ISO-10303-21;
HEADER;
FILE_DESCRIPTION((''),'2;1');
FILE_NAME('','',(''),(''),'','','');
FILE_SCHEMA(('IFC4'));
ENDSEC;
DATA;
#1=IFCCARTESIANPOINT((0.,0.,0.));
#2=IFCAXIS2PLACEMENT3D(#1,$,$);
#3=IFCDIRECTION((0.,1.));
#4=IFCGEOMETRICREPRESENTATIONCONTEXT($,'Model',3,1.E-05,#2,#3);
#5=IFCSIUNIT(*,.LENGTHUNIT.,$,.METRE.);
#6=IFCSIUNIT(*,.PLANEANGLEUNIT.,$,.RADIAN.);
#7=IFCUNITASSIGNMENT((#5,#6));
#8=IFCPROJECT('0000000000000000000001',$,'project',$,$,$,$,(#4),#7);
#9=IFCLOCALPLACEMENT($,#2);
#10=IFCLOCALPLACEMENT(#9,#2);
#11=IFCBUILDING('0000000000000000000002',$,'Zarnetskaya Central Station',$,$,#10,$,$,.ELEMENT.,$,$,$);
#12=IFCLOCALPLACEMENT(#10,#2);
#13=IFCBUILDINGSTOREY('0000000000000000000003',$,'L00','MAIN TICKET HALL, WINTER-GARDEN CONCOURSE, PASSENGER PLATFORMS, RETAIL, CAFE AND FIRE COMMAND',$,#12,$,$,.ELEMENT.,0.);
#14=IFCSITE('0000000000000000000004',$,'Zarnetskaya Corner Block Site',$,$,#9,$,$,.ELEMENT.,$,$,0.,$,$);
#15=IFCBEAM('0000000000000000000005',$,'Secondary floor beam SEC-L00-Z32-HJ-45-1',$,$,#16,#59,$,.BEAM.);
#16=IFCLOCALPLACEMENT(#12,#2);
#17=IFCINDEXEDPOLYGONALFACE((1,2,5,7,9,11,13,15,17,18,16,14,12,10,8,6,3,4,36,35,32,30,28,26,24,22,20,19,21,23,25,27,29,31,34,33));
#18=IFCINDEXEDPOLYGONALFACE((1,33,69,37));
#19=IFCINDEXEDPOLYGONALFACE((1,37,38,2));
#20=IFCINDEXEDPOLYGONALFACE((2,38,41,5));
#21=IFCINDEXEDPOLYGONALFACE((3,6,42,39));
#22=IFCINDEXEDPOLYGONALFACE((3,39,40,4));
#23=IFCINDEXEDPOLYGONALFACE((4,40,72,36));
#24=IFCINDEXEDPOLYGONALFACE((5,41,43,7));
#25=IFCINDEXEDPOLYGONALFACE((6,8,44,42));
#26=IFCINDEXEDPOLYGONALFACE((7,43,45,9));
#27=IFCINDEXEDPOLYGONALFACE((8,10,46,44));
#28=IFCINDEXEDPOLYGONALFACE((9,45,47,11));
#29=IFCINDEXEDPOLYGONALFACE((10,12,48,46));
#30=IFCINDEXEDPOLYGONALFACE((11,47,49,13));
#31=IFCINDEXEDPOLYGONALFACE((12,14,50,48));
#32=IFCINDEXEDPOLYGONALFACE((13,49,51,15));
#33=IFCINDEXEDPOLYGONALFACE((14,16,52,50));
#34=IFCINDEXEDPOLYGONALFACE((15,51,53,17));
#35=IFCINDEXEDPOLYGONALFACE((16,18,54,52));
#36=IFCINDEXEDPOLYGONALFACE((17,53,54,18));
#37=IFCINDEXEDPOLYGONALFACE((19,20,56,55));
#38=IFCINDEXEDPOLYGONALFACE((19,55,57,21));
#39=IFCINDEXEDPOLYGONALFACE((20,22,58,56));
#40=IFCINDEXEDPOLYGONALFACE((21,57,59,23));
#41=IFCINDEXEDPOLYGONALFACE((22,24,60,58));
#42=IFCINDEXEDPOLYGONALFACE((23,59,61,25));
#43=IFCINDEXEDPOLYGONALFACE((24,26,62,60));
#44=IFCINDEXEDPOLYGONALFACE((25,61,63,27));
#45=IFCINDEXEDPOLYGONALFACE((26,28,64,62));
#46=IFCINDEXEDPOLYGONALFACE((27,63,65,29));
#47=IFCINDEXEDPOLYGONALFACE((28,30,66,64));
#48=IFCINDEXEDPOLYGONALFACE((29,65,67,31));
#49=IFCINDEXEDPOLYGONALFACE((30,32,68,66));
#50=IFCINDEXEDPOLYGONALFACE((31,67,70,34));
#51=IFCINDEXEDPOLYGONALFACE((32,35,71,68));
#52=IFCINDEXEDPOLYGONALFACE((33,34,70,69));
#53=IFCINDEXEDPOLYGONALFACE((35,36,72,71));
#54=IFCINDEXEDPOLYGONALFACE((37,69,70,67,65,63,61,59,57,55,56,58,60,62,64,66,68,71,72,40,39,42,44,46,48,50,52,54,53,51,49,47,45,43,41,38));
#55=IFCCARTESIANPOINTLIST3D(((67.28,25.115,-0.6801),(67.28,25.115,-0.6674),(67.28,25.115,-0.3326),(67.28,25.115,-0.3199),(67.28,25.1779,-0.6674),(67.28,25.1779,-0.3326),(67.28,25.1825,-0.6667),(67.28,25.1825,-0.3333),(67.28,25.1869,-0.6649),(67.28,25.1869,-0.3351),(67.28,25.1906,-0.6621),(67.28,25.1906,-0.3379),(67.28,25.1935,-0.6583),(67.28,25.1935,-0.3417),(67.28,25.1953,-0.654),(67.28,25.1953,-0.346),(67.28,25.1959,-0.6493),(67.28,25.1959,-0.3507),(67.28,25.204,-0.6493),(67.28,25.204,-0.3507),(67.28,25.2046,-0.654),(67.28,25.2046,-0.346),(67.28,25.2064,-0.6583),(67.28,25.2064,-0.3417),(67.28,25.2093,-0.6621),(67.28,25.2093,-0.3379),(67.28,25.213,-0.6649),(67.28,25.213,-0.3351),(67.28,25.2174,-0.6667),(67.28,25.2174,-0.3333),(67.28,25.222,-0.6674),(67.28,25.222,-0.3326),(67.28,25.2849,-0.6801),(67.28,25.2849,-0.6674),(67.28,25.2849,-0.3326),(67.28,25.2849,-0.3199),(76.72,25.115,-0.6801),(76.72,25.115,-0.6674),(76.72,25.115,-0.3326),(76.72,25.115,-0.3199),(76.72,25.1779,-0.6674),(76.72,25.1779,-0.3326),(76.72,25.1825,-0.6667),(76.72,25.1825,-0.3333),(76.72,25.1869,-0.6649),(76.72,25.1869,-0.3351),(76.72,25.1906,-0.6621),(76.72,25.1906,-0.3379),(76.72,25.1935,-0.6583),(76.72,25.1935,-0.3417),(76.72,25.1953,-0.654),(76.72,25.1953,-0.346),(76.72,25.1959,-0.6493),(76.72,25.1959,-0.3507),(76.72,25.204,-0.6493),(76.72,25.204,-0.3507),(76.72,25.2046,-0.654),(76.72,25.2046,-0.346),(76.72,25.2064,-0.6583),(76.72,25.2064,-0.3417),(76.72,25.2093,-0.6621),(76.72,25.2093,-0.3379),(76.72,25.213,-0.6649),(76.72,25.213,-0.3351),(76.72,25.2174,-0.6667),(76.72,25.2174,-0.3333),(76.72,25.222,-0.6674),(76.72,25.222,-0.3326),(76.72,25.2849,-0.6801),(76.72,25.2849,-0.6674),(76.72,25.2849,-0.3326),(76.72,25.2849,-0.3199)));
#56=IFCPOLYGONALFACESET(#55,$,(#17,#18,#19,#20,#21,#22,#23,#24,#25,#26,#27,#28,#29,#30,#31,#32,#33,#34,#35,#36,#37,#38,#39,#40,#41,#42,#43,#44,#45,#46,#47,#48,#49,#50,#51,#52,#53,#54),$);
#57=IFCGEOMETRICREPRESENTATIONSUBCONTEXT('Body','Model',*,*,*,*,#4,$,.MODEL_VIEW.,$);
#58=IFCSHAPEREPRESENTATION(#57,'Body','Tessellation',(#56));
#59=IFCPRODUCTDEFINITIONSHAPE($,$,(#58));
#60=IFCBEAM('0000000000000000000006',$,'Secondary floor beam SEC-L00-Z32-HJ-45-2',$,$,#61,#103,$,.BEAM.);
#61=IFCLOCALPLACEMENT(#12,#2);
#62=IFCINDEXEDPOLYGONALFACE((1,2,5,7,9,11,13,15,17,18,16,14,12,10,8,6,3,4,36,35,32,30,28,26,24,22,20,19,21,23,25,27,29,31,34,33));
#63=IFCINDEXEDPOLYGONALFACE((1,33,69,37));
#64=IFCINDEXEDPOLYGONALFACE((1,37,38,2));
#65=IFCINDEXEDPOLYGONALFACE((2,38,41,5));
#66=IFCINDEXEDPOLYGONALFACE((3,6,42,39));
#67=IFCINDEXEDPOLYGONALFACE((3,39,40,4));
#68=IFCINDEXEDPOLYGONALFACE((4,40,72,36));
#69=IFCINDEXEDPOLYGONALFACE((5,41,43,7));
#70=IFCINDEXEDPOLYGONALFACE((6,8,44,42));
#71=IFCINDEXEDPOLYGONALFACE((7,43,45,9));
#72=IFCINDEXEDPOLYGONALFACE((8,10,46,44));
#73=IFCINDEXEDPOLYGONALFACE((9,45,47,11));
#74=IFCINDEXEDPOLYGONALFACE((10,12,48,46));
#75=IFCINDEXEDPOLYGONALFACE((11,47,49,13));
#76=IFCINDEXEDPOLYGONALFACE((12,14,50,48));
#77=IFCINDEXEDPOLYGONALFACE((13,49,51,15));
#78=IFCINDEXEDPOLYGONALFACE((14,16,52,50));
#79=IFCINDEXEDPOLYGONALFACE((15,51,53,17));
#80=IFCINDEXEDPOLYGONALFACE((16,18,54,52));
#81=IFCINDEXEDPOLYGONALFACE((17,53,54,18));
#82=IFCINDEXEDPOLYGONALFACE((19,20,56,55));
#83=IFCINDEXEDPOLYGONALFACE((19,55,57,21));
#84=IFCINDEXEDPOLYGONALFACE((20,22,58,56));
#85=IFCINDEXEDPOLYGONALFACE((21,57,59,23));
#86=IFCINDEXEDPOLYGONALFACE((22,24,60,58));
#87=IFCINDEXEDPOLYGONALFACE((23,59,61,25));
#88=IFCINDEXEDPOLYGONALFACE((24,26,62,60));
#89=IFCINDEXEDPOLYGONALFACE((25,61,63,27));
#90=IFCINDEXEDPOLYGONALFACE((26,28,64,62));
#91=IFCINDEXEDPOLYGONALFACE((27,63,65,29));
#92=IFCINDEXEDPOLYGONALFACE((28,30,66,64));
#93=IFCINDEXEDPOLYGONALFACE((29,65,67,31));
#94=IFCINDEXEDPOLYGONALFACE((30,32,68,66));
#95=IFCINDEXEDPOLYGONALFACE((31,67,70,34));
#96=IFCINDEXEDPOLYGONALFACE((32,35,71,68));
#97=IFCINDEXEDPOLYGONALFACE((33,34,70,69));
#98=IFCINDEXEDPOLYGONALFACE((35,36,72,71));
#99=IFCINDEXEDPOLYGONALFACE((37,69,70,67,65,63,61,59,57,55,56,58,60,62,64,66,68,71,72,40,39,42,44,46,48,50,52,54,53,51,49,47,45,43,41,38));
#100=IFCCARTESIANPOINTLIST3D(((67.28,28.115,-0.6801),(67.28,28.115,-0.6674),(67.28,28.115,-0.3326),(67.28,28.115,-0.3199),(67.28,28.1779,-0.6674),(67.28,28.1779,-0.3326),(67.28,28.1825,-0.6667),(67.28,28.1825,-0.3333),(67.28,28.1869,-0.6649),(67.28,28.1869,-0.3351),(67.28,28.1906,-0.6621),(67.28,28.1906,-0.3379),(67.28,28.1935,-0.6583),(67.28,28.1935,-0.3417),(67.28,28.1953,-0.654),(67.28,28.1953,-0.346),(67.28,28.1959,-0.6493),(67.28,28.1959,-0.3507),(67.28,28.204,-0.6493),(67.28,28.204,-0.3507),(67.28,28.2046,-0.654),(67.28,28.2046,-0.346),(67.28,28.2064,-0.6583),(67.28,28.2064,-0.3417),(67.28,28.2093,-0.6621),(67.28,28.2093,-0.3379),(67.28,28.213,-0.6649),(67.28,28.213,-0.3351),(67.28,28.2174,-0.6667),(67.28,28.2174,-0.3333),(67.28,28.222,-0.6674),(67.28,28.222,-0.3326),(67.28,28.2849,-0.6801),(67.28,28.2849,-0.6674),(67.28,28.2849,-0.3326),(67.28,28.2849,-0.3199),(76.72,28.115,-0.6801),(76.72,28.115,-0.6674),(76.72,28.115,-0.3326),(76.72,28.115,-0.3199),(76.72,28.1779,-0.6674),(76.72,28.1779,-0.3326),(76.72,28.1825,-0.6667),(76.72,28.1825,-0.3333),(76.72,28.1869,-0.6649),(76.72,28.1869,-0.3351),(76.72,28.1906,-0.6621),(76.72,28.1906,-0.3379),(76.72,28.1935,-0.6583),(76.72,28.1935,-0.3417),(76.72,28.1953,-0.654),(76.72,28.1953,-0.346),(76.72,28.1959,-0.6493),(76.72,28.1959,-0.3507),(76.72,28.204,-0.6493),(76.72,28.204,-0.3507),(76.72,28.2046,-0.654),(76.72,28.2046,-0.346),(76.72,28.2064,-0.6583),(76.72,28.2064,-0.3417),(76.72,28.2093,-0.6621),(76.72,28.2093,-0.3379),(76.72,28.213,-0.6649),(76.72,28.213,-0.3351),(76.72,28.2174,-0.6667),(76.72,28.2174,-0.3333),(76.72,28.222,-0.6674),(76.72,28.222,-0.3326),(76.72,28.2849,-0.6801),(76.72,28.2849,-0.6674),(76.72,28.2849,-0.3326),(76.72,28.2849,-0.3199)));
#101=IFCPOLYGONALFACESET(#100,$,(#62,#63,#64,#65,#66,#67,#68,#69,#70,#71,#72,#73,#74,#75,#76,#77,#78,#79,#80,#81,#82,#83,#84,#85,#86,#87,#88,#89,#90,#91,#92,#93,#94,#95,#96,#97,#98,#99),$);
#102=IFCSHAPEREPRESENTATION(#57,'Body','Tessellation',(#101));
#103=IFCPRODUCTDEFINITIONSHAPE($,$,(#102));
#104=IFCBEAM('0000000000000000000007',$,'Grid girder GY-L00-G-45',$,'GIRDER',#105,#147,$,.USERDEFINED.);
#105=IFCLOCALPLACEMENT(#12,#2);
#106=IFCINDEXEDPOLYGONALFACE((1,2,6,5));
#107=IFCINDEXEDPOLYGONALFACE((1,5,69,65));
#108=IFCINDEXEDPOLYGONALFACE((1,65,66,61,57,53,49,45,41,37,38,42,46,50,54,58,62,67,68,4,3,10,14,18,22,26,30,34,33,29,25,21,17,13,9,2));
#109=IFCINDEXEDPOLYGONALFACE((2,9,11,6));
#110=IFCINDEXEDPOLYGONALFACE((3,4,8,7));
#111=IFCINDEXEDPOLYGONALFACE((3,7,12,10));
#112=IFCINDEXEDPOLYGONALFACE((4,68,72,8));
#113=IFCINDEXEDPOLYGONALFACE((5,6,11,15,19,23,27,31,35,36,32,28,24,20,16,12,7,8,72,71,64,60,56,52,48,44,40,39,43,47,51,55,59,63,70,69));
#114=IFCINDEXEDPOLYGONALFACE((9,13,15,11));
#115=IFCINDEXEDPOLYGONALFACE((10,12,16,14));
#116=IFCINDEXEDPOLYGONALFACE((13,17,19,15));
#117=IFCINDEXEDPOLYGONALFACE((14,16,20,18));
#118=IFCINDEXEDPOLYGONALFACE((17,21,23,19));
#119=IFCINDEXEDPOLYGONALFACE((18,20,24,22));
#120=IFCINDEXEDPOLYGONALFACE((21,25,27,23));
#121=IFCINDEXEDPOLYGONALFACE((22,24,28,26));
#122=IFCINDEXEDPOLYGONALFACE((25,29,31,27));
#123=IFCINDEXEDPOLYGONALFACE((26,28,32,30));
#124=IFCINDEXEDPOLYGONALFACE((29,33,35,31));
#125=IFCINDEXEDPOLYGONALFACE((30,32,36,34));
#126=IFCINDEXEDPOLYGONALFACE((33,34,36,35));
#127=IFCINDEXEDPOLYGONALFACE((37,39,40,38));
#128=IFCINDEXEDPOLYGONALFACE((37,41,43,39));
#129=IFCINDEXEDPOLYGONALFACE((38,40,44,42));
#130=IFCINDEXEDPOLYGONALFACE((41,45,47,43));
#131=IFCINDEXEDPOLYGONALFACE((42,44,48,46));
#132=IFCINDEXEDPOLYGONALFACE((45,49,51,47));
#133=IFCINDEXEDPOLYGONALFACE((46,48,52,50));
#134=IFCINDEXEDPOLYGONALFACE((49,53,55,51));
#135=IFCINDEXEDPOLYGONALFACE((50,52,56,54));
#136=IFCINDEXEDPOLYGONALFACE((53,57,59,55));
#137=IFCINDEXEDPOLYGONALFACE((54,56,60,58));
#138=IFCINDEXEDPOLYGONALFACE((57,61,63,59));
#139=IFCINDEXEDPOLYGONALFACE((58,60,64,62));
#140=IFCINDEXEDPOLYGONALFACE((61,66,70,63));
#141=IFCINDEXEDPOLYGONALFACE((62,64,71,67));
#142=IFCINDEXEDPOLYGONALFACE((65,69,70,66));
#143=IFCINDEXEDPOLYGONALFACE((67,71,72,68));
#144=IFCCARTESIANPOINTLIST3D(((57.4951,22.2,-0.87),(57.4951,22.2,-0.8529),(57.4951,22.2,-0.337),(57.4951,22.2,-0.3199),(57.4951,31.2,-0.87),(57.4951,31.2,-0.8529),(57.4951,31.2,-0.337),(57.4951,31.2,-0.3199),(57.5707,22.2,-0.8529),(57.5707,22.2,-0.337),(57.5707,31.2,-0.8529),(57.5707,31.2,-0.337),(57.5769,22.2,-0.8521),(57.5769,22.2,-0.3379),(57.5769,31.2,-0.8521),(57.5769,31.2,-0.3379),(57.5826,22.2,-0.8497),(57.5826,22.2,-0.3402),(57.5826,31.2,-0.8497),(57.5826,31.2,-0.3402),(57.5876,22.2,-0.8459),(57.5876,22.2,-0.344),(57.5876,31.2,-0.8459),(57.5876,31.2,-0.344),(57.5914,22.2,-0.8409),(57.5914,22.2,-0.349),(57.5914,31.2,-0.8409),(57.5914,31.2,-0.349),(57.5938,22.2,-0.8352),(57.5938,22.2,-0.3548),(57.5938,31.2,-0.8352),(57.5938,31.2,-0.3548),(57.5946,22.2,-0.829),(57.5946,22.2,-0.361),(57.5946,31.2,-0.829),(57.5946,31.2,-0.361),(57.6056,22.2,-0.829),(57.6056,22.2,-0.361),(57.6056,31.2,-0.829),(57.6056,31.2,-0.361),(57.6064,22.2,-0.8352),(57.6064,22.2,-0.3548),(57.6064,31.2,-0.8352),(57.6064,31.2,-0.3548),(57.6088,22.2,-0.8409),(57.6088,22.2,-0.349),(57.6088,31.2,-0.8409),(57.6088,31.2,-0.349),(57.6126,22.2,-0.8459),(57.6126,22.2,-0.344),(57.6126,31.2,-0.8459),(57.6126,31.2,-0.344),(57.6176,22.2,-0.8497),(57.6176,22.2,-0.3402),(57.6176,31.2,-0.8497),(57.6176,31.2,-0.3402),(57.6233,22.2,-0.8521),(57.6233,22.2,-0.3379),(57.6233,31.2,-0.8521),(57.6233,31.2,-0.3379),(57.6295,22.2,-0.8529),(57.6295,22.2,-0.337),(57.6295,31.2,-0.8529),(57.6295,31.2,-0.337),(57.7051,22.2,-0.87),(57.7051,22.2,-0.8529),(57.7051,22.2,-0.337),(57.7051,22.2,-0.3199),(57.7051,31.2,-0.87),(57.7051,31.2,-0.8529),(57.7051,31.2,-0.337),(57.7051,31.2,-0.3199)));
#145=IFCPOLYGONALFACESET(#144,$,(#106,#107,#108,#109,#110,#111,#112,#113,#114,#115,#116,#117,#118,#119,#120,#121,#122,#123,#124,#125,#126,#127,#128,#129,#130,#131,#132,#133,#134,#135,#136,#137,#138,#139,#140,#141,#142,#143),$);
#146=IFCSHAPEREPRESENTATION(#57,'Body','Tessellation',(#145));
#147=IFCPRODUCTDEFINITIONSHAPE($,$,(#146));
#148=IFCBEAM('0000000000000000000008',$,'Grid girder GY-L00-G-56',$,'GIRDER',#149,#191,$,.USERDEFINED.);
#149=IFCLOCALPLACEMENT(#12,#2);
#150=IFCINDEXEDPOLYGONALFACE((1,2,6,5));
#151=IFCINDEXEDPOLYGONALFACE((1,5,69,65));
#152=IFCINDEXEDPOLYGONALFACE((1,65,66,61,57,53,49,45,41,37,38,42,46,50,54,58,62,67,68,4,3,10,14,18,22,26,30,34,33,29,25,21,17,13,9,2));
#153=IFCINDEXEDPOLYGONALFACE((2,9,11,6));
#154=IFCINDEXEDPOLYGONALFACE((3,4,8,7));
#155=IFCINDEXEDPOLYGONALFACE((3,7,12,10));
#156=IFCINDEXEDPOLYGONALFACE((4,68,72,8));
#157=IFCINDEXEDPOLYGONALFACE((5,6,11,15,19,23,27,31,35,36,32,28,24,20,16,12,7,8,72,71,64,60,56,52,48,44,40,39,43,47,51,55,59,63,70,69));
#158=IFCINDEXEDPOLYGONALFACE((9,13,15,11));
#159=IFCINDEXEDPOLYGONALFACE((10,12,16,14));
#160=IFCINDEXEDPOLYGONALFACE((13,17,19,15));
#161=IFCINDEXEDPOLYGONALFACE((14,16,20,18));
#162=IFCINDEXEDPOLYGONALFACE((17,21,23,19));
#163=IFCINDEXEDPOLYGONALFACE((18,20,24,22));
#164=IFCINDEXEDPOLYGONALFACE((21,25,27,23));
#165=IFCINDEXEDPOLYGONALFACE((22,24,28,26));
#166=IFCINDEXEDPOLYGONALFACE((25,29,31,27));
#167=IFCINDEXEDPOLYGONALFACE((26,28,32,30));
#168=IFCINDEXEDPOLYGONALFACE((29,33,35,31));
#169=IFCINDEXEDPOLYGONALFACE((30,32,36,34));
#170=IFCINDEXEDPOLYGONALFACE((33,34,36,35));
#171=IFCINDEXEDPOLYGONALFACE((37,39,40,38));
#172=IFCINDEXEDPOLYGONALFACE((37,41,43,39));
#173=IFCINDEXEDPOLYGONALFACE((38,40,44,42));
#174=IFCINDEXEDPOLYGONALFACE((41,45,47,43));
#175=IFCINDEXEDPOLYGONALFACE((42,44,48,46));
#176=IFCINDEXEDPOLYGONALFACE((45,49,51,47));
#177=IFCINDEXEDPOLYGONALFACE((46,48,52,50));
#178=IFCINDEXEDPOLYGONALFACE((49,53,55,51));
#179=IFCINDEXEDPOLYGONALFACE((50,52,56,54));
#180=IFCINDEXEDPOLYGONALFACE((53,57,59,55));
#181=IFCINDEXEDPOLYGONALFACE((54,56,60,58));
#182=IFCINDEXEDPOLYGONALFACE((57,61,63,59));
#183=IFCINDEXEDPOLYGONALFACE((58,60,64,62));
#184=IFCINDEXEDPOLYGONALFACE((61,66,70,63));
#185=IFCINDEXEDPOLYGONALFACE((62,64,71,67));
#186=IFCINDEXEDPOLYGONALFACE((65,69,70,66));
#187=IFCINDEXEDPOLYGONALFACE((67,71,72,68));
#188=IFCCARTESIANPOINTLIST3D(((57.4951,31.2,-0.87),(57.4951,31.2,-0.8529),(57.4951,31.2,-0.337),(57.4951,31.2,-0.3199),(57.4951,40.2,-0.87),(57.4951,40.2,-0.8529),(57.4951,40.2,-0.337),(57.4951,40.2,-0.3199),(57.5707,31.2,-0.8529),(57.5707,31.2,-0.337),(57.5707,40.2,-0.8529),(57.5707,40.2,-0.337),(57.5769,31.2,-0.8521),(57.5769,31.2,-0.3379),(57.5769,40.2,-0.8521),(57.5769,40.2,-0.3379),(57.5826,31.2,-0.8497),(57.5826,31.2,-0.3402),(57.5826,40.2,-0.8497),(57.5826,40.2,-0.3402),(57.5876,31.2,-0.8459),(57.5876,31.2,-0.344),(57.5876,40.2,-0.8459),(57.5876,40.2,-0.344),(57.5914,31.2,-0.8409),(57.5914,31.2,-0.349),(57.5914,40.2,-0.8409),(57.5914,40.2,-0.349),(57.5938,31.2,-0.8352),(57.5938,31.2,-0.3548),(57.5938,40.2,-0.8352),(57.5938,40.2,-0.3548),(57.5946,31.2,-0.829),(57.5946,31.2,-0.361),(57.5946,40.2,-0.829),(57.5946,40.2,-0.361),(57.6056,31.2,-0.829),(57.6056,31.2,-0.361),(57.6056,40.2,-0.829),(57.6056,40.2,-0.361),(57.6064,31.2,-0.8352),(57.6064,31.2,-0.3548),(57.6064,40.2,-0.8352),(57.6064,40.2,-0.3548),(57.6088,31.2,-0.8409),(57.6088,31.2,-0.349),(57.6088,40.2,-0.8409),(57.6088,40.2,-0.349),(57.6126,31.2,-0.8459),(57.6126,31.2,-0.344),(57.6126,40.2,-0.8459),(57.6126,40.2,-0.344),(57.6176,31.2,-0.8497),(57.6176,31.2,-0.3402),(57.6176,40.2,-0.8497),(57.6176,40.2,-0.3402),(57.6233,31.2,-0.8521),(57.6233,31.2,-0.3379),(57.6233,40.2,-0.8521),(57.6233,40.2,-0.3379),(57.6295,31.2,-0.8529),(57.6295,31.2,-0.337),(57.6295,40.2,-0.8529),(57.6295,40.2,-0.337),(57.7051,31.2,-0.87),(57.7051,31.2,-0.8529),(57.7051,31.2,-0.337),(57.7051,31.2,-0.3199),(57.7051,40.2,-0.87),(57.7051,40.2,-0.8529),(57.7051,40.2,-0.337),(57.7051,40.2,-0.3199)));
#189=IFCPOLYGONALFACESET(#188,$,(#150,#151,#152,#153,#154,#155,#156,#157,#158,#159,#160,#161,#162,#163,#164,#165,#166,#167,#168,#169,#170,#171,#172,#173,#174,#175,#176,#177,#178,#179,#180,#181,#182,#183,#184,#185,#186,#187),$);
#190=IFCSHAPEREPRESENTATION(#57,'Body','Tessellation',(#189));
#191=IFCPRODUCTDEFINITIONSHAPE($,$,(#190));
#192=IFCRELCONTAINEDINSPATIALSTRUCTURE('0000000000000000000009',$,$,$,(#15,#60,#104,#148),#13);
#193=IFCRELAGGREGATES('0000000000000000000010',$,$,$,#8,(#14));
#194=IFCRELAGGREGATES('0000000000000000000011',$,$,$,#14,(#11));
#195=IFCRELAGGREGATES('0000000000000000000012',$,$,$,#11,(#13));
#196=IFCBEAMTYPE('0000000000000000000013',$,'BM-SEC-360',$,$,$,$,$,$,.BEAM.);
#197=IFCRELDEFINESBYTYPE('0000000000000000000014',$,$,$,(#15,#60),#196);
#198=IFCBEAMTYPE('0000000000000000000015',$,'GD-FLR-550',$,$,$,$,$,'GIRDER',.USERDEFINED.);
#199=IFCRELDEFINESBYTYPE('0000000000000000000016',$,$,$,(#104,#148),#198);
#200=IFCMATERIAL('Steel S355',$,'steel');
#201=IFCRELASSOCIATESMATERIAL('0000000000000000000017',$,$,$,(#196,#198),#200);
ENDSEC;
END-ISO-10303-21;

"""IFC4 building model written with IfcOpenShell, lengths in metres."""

from ifc_helpers import new_model, si_unit, direction, frame, origin, origin_2d, place, context, subcontext, project, spatial, i_section, extrude, material, material_profile, profile_set, type_object, element, save


model = new_model("IFC4")

# Units and contexts
model_context = context("Model", 3, precision=1e-05, world=origin(), true_north=direction((0.0, 1.0)))
body_context = subcontext(model_context, "Body", "Model", "MODEL_VIEW")
ifc_project = project(units=[si_unit("LENGTHUNIT", "METRE"), si_unit("PLANEANGLEUNIT", "RADIAN")], contexts=[model_context])

# Site, building, storey
site_placement = place(None, origin())
site = spatial("IfcSite", under=ifc_project, at=site_placement, Name="Zarnetskaya Corner Block Site", CompositionType="ELEMENT", RefElevation=0.0)
building_placement = place(site_placement, origin())
building = spatial("IfcBuilding", under=site, at=building_placement, Name="Zarnetskaya Central Station", CompositionType="ELEMENT")
storey_placement = place(building_placement, origin())
storey = spatial("IfcBuildingStorey", under=building, at=storey_placement, Name="L00", Description="MAIN TICKET HALL, WINTER-GARDEN CONCOURSE, PASSENGER PLATFORMS, RETAIL, CAFE AND FIRE COMMAND", CompositionType="ELEMENT", Elevation=0.0)

# Shared definitions
ifc_material_1 = material(Name="Steel S355", Category="steel")

# Beams
ifc_material_profile_1 = material_profile(ifc_material_1, i_section(OverallWidth=0.1699, OverallDepth=0.3601, WebThickness=0.0081, FlangeThickness=0.0127, FilletRadius=0.0181, at=origin_2d()), Name="IPE 360")
ifc_profile_set_1 = profile_set([ifc_material_profile_1], Name="Steel S355")
beam_type_1 = type_object("IfcBeamType", Name="BM-SEC-360", PredefinedType="BEAM", material=ifc_profile_set_1)
for number, where, z_axis, x_axis, name in (
    (1, (67.28, 25.2, -0.5), (1.0, 0.0, 0.0), (0.0, 1.0, 0.0), "Secondary floor beam SEC-L00-Z32-HJ-45-1"),
    (2, (67.28, 28.2, -0.5), (1.0, 0.0, 0.0), (0.0, 1.0, 0.0), "Secondary floor beam SEC-L00-Z32-HJ-45-2"),
):
    element("IfcBeam", number, at=place(storey_placement, frame(where, z_axis=z_axis, x_axis=x_axis)), inside=storey, type_object=beam_type_1, Name=name, PredefinedType="BEAM", context=body_context, shape_type="SweptSolid", body=[
        extrude(i_section(OverallWidth=0.1699, OverallDepth=0.3601, WebThickness=0.0081, FlangeThickness=0.0127, FilletRadius=0.0181, at=origin_2d()), origin(), (0.0, 0.0, 1.0), 9.4399),
    ])
ifc_material_profile_2 = material_profile(ifc_material_1, i_section(OverallWidth=0.21, OverallDepth=0.55, WebThickness=0.011, FlangeThickness=0.0171, FilletRadius=0.0239, at=origin_2d()), Name="IPE 550")
ifc_profile_set_2 = profile_set([ifc_material_profile_2], Name="Steel S355")
beam_type_2 = type_object("IfcBeamType", Name="GD-FLR-550", ElementType="GIRDER", PredefinedType="USERDEFINED", material=ifc_profile_set_2)
for number, where, z_axis, x_axis, name in (
    (3, (57.6001, 22.2, -0.595), (0.0, 1.0, 0.0), (-1.0, 0.0, 0.0), "Grid girder GY-L00-G-45"),
    (4, (57.6001, 31.2, -0.595), (0.0, 1.0, 0.0), (-1.0, 0.0, 0.0), "Grid girder GY-L00-G-56"),
):
    element("IfcBeam", number, at=place(storey_placement, frame(where, z_axis=z_axis, x_axis=x_axis)), inside=storey, type_object=beam_type_2, Name=name, ObjectType="GIRDER", PredefinedType="USERDEFINED", context=body_context, shape_type="SweptSolid", body=[
        extrude(i_section(OverallWidth=0.21, OverallDepth=0.55, WebThickness=0.011, FlangeThickness=0.0171, FilletRadius=0.0239, at=origin_2d()), origin(), (0.0, 0.0, 1.0), 9.0),
    ])

save(model, "model.ifc")
